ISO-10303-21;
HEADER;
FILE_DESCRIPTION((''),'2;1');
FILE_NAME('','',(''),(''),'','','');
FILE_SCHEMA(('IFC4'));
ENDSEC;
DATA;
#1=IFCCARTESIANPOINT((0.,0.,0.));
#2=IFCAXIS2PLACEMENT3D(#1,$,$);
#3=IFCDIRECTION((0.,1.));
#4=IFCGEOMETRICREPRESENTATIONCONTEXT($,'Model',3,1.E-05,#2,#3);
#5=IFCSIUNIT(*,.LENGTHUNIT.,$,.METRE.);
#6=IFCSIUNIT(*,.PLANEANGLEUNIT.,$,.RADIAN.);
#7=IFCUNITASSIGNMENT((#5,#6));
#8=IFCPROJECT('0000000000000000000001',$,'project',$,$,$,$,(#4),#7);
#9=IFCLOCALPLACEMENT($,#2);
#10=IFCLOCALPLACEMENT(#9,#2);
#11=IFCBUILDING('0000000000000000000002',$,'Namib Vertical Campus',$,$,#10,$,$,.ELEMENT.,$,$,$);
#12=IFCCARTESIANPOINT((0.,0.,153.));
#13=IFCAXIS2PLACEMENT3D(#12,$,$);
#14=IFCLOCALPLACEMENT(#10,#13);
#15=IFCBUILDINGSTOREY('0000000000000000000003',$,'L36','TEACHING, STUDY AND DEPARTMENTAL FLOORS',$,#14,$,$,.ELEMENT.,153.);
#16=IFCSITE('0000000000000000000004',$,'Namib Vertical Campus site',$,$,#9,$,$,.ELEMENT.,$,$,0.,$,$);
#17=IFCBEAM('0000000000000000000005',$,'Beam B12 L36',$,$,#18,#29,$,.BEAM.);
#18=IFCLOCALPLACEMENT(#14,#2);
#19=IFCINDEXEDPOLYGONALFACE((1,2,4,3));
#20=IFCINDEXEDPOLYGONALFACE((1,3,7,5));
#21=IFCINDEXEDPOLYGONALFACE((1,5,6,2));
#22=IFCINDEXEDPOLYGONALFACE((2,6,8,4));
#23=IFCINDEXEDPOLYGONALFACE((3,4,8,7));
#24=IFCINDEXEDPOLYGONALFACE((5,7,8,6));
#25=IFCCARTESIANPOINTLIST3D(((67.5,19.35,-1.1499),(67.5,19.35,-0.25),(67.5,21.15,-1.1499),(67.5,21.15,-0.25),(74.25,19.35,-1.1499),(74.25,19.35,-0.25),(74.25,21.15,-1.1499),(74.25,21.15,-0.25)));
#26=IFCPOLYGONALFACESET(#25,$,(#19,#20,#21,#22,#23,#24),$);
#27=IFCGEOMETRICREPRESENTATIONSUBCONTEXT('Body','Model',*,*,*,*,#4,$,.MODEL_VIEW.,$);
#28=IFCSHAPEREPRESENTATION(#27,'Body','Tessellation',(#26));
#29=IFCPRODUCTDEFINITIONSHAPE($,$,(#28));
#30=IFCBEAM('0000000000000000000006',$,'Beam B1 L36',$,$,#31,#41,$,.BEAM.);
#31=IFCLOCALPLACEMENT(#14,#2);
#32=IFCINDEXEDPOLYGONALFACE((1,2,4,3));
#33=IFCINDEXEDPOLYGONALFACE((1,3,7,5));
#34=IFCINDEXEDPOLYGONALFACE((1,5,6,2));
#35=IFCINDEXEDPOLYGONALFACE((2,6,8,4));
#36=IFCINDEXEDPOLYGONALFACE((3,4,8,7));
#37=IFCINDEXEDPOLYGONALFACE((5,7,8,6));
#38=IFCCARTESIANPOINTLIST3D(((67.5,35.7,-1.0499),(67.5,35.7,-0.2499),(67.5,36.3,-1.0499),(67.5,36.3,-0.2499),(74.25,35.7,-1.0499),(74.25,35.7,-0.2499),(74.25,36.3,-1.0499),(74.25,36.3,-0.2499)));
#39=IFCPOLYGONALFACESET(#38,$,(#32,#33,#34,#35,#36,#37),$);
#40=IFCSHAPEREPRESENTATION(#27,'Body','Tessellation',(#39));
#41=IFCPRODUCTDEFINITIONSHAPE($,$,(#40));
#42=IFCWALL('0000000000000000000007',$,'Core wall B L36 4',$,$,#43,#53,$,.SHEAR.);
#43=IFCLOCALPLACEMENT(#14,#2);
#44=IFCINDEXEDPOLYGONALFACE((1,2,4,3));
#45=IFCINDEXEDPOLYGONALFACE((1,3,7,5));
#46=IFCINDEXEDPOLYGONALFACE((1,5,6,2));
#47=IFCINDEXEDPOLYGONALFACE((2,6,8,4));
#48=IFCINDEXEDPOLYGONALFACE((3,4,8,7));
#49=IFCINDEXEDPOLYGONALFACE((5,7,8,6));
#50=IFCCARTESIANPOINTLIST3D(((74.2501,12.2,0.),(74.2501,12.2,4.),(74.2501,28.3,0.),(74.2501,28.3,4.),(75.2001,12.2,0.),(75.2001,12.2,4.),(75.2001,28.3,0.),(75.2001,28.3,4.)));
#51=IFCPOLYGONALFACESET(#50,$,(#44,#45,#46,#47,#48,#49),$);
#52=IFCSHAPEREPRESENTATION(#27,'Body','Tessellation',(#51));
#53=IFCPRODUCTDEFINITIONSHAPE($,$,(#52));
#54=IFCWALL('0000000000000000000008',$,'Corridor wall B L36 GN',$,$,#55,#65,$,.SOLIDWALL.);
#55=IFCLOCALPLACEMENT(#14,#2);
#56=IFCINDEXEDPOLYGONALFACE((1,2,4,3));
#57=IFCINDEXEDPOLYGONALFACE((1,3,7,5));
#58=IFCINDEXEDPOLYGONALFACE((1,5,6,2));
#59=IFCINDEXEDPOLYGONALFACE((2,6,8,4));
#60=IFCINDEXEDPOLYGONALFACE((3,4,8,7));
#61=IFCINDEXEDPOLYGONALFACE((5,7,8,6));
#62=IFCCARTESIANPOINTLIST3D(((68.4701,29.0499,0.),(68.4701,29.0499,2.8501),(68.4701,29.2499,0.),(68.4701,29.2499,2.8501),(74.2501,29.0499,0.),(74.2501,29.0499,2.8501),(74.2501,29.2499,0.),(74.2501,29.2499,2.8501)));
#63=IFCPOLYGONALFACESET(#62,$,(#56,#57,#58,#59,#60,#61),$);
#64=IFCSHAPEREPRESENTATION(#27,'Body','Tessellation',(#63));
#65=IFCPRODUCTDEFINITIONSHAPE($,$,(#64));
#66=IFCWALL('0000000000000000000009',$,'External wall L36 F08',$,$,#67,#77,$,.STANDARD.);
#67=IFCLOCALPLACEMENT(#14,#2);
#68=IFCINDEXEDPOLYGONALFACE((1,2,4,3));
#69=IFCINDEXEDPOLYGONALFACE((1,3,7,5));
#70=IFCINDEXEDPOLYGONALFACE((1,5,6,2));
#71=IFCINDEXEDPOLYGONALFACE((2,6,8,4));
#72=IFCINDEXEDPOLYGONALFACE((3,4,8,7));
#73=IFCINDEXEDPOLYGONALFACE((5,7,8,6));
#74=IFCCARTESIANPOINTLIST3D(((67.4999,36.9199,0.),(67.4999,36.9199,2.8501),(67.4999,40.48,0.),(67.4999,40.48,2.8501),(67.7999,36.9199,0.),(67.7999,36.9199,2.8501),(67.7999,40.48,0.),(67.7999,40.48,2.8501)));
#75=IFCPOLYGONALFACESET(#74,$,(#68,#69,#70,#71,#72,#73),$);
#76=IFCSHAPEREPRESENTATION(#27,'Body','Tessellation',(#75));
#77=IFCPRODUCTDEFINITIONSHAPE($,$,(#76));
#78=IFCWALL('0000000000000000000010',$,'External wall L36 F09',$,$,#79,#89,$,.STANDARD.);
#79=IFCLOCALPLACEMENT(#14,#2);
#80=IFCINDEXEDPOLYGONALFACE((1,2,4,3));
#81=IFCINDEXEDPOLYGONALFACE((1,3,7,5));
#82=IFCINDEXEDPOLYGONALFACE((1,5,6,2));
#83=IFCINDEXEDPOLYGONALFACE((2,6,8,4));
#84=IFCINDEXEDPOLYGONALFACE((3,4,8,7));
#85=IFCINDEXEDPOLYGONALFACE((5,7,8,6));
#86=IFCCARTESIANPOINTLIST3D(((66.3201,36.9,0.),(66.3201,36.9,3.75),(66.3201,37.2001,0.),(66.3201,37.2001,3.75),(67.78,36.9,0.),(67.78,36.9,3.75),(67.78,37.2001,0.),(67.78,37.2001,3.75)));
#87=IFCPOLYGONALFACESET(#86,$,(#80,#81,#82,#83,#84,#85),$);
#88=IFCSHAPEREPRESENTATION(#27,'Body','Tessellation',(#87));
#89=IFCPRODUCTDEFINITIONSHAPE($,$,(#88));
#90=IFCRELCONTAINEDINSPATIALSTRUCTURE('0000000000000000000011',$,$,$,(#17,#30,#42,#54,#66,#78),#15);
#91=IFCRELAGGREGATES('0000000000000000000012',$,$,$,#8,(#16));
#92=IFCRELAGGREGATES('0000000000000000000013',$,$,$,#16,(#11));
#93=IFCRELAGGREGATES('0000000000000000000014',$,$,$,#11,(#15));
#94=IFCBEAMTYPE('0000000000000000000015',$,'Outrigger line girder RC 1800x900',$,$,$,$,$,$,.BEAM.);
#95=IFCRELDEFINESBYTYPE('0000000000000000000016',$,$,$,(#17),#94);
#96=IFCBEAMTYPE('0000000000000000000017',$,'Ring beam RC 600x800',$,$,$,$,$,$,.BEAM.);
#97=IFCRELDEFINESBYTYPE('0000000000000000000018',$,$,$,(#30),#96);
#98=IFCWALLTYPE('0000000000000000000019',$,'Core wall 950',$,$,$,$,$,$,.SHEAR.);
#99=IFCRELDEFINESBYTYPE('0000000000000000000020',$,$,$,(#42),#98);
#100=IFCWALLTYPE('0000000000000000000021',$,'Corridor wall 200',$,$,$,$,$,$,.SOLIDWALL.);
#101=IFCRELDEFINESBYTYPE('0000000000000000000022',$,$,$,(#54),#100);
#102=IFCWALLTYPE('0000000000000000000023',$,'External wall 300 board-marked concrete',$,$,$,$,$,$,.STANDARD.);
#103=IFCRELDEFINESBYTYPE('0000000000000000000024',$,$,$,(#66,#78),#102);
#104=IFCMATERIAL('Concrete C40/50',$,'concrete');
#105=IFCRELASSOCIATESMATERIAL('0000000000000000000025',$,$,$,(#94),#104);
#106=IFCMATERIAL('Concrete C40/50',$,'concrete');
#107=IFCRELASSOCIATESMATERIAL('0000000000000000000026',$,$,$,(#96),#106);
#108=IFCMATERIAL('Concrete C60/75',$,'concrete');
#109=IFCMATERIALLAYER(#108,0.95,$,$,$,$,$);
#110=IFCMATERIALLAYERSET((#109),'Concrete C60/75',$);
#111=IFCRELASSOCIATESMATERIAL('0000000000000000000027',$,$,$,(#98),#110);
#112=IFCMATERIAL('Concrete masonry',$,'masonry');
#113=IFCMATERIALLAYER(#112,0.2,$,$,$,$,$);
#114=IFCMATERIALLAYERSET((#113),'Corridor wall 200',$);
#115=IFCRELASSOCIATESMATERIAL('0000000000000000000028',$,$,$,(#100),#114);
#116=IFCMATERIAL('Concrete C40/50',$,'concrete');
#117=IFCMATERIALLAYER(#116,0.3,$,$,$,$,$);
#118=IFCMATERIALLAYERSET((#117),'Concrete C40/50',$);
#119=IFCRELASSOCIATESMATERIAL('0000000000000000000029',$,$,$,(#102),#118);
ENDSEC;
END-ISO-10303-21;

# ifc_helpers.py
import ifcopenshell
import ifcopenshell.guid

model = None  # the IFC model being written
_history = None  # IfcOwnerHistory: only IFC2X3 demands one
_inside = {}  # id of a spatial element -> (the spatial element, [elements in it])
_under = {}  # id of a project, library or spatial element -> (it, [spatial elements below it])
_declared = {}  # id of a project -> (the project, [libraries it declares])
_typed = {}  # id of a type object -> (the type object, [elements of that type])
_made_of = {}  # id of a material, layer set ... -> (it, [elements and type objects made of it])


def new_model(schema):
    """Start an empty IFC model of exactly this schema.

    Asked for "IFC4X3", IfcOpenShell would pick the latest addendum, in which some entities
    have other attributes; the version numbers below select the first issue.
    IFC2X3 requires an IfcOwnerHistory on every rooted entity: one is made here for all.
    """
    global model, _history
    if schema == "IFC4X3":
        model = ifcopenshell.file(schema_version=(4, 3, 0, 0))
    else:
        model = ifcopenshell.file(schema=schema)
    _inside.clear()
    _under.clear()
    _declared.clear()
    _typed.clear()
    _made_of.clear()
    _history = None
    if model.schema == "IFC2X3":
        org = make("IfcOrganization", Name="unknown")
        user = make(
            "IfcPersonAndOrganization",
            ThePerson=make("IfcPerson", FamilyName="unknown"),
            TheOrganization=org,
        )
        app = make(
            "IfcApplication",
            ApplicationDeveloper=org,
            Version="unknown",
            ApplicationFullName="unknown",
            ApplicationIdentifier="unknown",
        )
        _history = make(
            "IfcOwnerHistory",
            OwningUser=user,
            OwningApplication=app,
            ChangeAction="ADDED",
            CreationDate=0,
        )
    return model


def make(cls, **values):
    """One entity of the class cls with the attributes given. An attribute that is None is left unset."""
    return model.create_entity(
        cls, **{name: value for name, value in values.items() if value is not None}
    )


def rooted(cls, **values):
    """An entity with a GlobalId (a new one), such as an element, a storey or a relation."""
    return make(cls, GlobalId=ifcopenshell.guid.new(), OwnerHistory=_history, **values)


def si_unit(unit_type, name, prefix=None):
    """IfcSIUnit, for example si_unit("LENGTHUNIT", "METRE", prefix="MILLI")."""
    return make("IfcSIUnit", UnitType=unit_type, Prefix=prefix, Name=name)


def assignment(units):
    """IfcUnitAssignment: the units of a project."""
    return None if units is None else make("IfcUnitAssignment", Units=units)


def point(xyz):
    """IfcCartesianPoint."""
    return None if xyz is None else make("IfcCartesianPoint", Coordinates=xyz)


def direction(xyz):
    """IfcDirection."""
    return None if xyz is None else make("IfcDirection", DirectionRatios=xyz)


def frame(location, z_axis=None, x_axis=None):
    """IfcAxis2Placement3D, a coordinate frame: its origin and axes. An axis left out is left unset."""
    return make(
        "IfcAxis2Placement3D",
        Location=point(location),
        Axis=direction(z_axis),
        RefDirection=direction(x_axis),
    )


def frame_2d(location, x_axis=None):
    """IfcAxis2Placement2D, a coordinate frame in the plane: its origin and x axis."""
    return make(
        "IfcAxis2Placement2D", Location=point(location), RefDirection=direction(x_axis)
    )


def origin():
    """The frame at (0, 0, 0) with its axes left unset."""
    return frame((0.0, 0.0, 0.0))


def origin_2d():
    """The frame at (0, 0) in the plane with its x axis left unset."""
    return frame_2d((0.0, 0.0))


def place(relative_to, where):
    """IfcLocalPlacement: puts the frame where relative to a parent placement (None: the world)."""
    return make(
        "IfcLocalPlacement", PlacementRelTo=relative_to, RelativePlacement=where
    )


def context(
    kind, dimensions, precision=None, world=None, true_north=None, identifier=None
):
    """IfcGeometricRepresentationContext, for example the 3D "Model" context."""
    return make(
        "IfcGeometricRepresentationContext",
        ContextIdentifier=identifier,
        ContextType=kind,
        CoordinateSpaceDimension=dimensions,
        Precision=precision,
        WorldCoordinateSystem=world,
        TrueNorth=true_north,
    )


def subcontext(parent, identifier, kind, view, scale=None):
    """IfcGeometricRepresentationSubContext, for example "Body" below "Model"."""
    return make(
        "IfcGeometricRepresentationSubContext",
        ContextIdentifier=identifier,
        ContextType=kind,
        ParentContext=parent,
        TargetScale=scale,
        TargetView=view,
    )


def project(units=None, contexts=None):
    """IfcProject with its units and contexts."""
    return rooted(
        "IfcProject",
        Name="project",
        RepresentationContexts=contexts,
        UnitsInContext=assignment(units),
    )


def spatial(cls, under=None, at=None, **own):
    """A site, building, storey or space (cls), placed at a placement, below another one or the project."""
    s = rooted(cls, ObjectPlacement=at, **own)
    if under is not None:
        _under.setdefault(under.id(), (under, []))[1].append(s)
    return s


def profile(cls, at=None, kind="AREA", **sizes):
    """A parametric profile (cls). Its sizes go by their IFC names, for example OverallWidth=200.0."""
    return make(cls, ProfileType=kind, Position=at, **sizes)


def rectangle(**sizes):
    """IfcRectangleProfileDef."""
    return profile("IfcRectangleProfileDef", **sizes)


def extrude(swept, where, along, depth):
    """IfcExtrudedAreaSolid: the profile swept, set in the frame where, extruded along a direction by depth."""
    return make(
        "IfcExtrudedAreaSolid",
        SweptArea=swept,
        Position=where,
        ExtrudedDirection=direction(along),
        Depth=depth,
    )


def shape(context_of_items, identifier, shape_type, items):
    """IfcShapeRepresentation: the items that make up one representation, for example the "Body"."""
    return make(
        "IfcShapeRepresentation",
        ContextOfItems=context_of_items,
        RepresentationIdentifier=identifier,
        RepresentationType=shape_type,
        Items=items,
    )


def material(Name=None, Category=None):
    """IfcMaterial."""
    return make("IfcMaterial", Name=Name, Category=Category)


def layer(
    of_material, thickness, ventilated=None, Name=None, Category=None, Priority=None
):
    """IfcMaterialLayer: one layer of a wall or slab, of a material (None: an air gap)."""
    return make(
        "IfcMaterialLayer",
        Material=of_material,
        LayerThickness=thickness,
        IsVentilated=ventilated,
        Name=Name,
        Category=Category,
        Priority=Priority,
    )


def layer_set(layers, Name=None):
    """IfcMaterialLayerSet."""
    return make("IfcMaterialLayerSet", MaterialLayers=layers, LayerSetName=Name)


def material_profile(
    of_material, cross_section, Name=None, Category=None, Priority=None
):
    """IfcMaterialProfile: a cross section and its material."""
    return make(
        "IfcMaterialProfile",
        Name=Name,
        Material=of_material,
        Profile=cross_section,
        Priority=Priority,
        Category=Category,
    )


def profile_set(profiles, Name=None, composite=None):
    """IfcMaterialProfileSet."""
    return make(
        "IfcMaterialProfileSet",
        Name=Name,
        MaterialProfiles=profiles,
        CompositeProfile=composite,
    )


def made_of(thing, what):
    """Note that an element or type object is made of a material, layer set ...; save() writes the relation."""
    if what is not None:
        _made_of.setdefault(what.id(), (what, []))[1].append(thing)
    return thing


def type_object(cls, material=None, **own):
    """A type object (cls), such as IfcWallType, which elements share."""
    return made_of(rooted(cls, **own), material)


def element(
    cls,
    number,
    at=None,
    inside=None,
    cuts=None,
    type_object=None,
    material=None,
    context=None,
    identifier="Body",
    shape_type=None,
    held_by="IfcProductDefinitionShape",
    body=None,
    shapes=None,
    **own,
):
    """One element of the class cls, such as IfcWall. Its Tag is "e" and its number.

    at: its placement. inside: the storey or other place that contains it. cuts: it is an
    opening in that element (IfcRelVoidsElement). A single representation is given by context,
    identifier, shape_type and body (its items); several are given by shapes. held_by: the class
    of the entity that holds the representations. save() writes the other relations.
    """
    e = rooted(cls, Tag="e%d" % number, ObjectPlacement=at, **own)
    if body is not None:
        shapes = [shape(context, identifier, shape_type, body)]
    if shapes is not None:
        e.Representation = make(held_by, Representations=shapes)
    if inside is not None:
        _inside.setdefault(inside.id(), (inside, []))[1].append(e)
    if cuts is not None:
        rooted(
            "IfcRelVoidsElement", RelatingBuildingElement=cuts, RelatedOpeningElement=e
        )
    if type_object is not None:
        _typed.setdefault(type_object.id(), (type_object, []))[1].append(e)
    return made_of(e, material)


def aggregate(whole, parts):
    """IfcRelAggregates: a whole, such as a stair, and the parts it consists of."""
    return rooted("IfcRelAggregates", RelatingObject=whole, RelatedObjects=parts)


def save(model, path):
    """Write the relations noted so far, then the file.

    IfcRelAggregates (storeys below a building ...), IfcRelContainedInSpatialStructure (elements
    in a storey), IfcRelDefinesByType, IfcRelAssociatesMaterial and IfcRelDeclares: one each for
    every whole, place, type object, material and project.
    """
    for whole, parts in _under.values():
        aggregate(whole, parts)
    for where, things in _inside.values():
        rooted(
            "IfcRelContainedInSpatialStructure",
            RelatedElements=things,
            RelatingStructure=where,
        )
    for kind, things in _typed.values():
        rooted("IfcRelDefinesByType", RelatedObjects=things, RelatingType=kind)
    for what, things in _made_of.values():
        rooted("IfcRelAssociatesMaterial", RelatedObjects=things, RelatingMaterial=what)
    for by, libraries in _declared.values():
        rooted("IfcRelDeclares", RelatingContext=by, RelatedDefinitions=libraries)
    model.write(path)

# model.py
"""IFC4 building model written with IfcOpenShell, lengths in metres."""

from ifc_helpers import new_model, si_unit, direction, frame, frame_2d, origin, origin_2d, place, context, subcontext, project, spatial, rectangle, extrude, material, layer, layer_set, material_profile, profile_set, type_object, element, save


model = new_model("IFC4")

# Units and contexts
model_context = context("Model", 3, precision=1e-05, world=origin(), true_north=direction((0.0, 1.0)))
body_context = subcontext(model_context, "Body", "Model", "MODEL_VIEW")
ifc_project = project(units=[si_unit("LENGTHUNIT", "METRE"), si_unit("PLANEANGLEUNIT", "RADIAN")], contexts=[model_context])

# Site, building, storey
site_placement = place(None, origin())
site = spatial("IfcSite", under=ifc_project, at=site_placement, Name="Namib Vertical Campus site", CompositionType="ELEMENT", RefElevation=0.0)
building_placement = place(site_placement, origin())
building = spatial("IfcBuilding", under=site, at=building_placement, Name="Namib Vertical Campus", CompositionType="ELEMENT")
storey_placement = place(building_placement, frame((0.0, 0.0, 153.0)))
storey = spatial("IfcBuildingStorey", under=building, at=storey_placement, Name="L36", Description="TEACHING, STUDY AND DEPARTMENTAL FLOORS", CompositionType="ELEMENT", Elevation=153.0)

# Beams
ifc_material_1 = material(Name="Concrete C40/50", Category="concrete")
ifc_material_profile_1 = material_profile(ifc_material_1, rectangle(XDim=1.8, YDim=0.8999, at=origin_2d()))
ifc_profile_set_1 = profile_set([ifc_material_profile_1], Name="Concrete C40/50")
beam_type_1 = type_object("IfcBeamType", Name="Outrigger line girder RC 1800x900", PredefinedType="BEAM", material=ifc_profile_set_1)
for number, where, z_axis, x_axis, name in (
    (1, (67.5, 20.25, -0.7), (1.0, 0.0, 0.0), (0.0, 1.0, 0.0), "Beam B12 L36"),
):
    element("IfcBeam", number, at=place(storey_placement, frame(where, z_axis=z_axis, x_axis=x_axis)), inside=storey, type_object=beam_type_1, Name=name, PredefinedType="BEAM", context=body_context, shape_type="SweptSolid", body=[
        extrude(rectangle(XDim=1.8, YDim=0.8999, at=origin_2d()), origin(), (0.0, 0.0, 1.0), 6.75),
    ])
ifc_material_2 = material(Name="Concrete C40/50", Category="concrete")
ifc_material_profile_2 = material_profile(ifc_material_2, rectangle(XDim=0.6001, YDim=0.8, at=origin_2d()))
ifc_profile_set_2 = profile_set([ifc_material_profile_2], Name="Concrete C40/50")
beam_type_2 = type_object("IfcBeamType", Name="Ring beam RC 600x800", PredefinedType="BEAM", material=ifc_profile_set_2)
beam_1_placement = place(storey_placement, frame((67.5, 36.0, -0.6499), z_axis=(1.0, 0.0, 0.0), x_axis=(0.0, 1.0, 0.0)))
element("IfcBeam", 2, at=beam_1_placement, inside=storey, type_object=beam_type_2, Name="Beam B1 L36", PredefinedType="BEAM", context=body_context, shape_type="SweptSolid", body=[
    extrude(rectangle(XDim=0.6001, YDim=0.8, at=origin_2d()), origin(), (0.0, 0.0, 1.0), 6.75),
])

# Walls
ifc_material_3 = material(Name="Concrete C60/75", Category="concrete")
ifc_layer_1 = layer(ifc_material_3, 0.95)
ifc_layer_set_1 = layer_set([ifc_layer_1], Name="Concrete C60/75")
wall_type_1 = type_object("IfcWallType", Name="Core wall 950", PredefinedType="SHEAR", material=ifc_layer_set_1)
wall_1_placement = place(storey_placement, frame((74.7251, 28.3, 0.0), z_axis=(0.0, 0.0, 1.0), x_axis=(0.0, -1.0, 0.0)))
element("IfcWall", 3, at=wall_1_placement, inside=storey, type_object=wall_type_1, Name="Core wall B L36 4", PredefinedType="SHEAR", context=body_context, shape_type="SweptSolid", body=[
    extrude(rectangle(XDim=16.1001, YDim=0.95, at=frame_2d((8.05, 0.0))), origin(), (0.0, 0.0, 1.0), 4.0),
])
ifc_material_4 = material(Name="Concrete masonry", Category="masonry")
ifc_layer_2 = layer(ifc_material_4, 0.2)
ifc_layer_set_2 = layer_set([ifc_layer_2], Name="Corridor wall 200")
wall_type_2 = type_object("IfcWallType", Name="Corridor wall 200", PredefinedType="SOLIDWALL", material=ifc_layer_set_2)
wall_2_placement = place(storey_placement, frame((68.47, 29.1499, 0.0), z_axis=(0.0, 0.0, 1.0), x_axis=(1.0, 0.0, 0.0)))
element("IfcWall", 4, at=wall_2_placement, inside=storey, type_object=wall_type_2, Name="Corridor wall B L36 GN", PredefinedType="SOLIDWALL", context=body_context, shape_type="SweptSolid", body=[
    extrude(rectangle(XDim=5.78, YDim=0.2, at=frame_2d((2.8901, 0.0))), origin(), (0.0, 0.0, 1.0), 2.8501),
])
ifc_material_5 = material(Name="Concrete C40/50", Category="concrete")
ifc_layer_3 = layer(ifc_material_5, 0.3)
ifc_layer_set_3 = layer_set([ifc_layer_3], Name="Concrete C40/50")
wall_type_3 = type_object("IfcWallType", Name="External wall 300 board-marked concrete", PredefinedType="STANDARD", material=ifc_layer_set_3)
wall_3_placement = place(storey_placement, frame((67.6499, 40.48, 0.0), z_axis=(0.0, 0.0, 1.0), x_axis=(0.0, -1.0, 0.0)))
element("IfcWall", 5, at=wall_3_placement, inside=storey, type_object=wall_type_3, Name="External wall L36 F08", PredefinedType="STANDARD", context=body_context, shape_type="SweptSolid", body=[
    extrude(rectangle(XDim=3.5601, YDim=0.3, at=frame_2d((1.78, 0.0))), origin(), (0.0, 0.0, 1.0), 2.8501),
])
wall_4_placement = place(storey_placement, frame((67.78, 37.05, 0.0), z_axis=(0.0, 0.0, 1.0), x_axis=(-1.0, 0.0, 0.0)))
element("IfcWall", 6, at=wall_4_placement, inside=storey, type_object=wall_type_3, Name="External wall L36 F09", PredefinedType="STANDARD", context=body_context, shape_type="SweptSolid", body=[
    extrude(rectangle(XDim=1.46, YDim=0.3, at=frame_2d((0.73, 0.0))), origin(), (0.0, 0.0, 1.0), 3.75),
])

save(model, "model.ifc")
